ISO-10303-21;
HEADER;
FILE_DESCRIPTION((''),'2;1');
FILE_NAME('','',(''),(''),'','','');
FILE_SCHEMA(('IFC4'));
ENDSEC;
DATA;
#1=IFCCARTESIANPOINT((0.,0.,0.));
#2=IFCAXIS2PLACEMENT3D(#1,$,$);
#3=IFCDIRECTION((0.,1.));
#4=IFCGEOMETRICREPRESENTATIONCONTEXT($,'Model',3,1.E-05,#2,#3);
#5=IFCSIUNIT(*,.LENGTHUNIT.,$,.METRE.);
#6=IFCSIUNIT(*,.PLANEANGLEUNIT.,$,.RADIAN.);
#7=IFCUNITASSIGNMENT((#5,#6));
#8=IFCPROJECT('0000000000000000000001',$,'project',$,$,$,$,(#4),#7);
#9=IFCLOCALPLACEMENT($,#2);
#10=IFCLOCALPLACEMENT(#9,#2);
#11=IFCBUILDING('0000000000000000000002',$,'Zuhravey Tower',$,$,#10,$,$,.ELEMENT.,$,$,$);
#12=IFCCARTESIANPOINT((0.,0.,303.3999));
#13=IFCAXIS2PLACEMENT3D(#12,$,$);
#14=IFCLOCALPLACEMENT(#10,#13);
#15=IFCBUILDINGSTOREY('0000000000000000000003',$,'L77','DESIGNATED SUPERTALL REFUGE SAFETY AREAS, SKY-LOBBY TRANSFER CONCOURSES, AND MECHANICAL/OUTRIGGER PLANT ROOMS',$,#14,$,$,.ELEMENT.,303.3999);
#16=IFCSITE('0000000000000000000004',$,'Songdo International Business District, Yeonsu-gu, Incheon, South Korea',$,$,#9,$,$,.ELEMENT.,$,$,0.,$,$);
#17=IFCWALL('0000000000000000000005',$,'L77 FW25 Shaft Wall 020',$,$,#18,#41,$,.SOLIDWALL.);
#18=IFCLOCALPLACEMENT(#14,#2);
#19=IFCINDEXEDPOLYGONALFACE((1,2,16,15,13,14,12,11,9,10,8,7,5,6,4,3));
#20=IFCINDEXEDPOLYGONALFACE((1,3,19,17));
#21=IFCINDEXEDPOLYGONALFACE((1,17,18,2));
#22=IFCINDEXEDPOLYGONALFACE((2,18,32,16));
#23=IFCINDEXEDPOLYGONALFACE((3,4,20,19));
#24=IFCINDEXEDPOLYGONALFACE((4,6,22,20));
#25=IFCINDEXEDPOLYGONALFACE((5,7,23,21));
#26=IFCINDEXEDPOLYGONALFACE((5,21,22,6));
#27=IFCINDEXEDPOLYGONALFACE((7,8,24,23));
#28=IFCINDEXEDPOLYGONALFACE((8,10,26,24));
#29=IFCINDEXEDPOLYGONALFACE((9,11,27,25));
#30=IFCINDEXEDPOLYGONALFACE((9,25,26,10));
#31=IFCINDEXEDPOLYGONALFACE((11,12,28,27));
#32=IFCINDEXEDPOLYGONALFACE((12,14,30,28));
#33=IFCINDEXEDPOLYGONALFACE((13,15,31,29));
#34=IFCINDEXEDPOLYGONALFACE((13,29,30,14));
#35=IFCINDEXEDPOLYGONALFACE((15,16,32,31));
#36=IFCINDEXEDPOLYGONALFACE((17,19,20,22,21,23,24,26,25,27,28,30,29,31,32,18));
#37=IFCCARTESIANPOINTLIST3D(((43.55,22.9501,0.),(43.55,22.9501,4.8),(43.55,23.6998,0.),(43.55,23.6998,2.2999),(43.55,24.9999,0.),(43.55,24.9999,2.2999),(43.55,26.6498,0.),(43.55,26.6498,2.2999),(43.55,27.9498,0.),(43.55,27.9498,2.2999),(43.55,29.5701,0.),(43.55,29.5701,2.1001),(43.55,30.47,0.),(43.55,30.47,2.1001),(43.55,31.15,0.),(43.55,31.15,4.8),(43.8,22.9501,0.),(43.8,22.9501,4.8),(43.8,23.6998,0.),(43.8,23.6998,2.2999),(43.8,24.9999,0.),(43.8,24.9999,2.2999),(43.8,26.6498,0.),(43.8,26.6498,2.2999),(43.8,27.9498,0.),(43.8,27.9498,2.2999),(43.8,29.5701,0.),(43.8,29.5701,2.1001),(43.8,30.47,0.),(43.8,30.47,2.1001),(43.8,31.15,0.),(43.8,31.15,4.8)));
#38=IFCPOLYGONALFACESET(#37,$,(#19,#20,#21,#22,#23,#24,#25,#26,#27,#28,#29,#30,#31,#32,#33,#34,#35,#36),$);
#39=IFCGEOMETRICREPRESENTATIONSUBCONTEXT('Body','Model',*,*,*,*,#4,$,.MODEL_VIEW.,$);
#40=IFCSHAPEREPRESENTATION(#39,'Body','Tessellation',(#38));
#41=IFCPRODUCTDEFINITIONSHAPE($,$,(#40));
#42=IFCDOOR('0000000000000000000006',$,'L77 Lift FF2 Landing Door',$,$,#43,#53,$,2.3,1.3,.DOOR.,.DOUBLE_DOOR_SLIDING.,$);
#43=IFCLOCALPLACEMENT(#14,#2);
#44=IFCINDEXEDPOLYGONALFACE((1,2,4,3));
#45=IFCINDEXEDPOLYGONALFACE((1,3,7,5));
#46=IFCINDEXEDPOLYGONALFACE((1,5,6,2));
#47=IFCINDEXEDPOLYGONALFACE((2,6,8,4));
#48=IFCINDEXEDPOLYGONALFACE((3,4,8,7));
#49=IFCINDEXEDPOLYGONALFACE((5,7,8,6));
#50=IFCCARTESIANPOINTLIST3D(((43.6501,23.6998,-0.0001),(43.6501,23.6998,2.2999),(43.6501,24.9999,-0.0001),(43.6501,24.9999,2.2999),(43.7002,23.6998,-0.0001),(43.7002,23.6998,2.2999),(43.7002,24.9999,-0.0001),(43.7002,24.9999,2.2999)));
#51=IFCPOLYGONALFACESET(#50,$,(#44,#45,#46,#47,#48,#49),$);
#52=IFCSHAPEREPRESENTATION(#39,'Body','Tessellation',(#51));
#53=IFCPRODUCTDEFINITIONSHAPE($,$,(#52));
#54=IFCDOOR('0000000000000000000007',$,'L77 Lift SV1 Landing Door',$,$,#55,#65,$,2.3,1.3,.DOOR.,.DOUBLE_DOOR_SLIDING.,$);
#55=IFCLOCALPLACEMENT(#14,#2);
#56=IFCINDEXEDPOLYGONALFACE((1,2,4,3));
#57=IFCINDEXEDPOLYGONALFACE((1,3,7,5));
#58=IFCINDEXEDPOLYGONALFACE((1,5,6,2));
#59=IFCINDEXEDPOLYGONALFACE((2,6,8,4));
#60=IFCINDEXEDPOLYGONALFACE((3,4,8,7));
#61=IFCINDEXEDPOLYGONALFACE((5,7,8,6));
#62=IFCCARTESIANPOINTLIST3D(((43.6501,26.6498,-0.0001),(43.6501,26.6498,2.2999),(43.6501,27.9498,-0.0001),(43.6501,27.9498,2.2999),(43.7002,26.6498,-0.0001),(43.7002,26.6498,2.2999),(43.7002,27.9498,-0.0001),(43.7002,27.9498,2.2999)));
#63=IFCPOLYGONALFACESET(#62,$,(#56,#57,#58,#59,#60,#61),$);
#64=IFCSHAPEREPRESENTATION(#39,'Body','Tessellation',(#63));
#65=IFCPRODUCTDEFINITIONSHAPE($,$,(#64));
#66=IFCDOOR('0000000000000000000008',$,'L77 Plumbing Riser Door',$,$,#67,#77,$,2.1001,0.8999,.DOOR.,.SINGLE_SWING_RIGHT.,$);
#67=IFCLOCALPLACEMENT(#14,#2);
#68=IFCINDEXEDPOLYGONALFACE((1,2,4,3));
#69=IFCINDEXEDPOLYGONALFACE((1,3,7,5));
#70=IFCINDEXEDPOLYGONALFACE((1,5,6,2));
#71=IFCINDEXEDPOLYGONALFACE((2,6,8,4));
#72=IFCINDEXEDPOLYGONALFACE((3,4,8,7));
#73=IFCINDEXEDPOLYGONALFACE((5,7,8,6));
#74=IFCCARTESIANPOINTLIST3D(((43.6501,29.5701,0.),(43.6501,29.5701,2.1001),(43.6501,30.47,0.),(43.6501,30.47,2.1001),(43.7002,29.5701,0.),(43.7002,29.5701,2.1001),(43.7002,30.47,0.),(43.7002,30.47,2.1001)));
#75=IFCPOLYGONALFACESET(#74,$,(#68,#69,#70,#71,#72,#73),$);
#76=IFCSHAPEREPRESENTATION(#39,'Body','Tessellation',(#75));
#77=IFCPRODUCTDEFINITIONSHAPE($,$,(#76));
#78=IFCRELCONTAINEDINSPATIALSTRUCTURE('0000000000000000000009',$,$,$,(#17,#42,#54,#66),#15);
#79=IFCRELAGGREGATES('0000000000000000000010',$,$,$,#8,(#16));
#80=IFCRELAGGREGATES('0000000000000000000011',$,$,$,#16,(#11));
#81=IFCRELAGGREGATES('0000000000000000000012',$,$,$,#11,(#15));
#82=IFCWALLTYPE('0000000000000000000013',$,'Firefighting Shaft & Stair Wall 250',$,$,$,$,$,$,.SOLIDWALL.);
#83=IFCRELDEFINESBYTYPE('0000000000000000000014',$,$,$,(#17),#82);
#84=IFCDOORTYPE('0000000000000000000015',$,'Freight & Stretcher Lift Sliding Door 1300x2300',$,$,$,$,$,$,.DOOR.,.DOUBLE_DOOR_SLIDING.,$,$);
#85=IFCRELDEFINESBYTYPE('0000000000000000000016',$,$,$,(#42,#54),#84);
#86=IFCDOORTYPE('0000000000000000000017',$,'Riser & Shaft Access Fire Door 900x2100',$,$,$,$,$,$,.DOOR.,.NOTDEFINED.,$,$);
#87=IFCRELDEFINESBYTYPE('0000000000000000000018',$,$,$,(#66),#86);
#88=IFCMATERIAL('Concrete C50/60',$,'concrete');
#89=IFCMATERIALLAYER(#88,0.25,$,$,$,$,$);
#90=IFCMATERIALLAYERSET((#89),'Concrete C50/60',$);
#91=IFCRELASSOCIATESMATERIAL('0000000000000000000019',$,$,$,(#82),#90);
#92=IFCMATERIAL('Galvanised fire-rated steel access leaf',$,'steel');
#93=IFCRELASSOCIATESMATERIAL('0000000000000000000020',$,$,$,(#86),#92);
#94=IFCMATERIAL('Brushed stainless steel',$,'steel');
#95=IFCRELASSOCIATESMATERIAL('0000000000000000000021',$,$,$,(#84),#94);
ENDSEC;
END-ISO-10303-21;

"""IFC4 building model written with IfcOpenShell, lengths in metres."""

from ifc_helpers import new_model, si_unit, direction, frame, frame_2d, origin, place, context, subcontext, project, spatial, rectangle, extrude, material, layer, layer_set, type_object, element, fill, save


model = new_model("IFC4")

# Units and contexts
model_context = context("Model", 3, precision=1e-05, world=origin(), true_north=direction((0.0, 1.0)))
body_context = subcontext(model_context, "Body", "Model", "MODEL_VIEW")
ifc_project = project(units=[si_unit("LENGTHUNIT", "METRE"), si_unit("PLANEANGLEUNIT", "RADIAN")], contexts=[model_context])

# Site, building, storey
site_placement = place(None, origin())
site = spatial("IfcSite", under=ifc_project, at=site_placement, Name="Songdo International Business District, Yeonsu-gu, Incheon, South Korea", CompositionType="ELEMENT", RefElevation=0.0)
building_placement = place(site_placement, origin())
building = spatial("IfcBuilding", under=site, at=building_placement, Name="Zuhravey Tower", CompositionType="ELEMENT")
storey_placement = place(building_placement, frame((0.0, 0.0, 303.3999)))
storey = spatial("IfcBuildingStorey", under=building, at=storey_placement, Name="L77", Description="DESIGNATED SUPERTALL REFUGE SAFETY AREAS, SKY-LOBBY TRANSFER CONCOURSES, AND MECHANICAL/OUTRIGGER PLANT ROOMS", CompositionType="ELEMENT", Elevation=303.3999)

# Shared definitions
ifc_material_1 = material(Name="Concrete C50/60", Category="concrete")

# Shared definitions
ifc_layer_1 = layer(ifc_material_1, 0.25)
ifc_layer_set_1 = layer_set([ifc_layer_1], Name="Concrete C50/60")
wall_type_1 = type_object("IfcWallType", Name="Firefighting Shaft & Stair Wall 250", PredefinedType="SOLIDWALL", material=ifc_layer_set_1)

# Shared definitions
ifc_material_2 = material(Name="Galvanised fire-rated steel access leaf", Category="steel")
door_type_1 = type_object("IfcDoorType", Name="Riser & Shaft Access Fire Door 900x2100", OperationType="NOTDEFINED", PredefinedType="DOOR", material=ifc_material_2)

# Wall, openings, doors
wall_1_placement = place(storey_placement, frame((43.675, 22.95, 0.0), z_axis=(0.0, 0.0, 1.0), x_axis=(0.0, 1.0, 0.0)))
wall_1 = element("IfcWall", 1, at=wall_1_placement, inside=storey, type_object=wall_type_1, Name="L77 FW25 Shaft Wall 020", PredefinedType="SOLIDWALL", context=body_context, shape_type="SweptSolid", body=[
    extrude(rectangle(XDim=8.2, YDim=0.25, at=frame_2d((4.1001, 0.0))), origin(), (0.0, 0.0, 1.0), 4.8),
])
opening_1_placement = place(wall_1_placement, frame((0.75, 0.0, 0.0)))
opening_1 = element("IfcOpeningElement", 2, at=opening_1_placement, cuts=wall_1, PredefinedType="OPENING", context=body_context, shape_type="SweptSolid", body=[
    extrude(rectangle(XDim=1.3, YDim=2.3, at=frame_2d((0.6499, 1.1499))), frame((0.0, 0.137, 0.0), z_axis=(0.0, -1.0, 0.0), x_axis=(1.0, 0.0, 0.0)), (0.0, 0.0, 1.0), 0.2739),
])
opening_2_placement = place(wall_1_placement, frame((3.7, 0.0, 0.0)))
opening_2 = element("IfcOpeningElement", 3, at=opening_2_placement, cuts=wall_1, PredefinedType="OPENING", context=body_context, shape_type="SweptSolid", body=[
    extrude(rectangle(XDim=1.3, YDim=2.3, at=frame_2d((0.6499, 1.1499))), frame((0.0, 0.137, 0.0), z_axis=(0.0, -1.0, 0.0), x_axis=(1.0, 0.0, 0.0)), (0.0, 0.0, 1.0), 0.2739),
])
opening_3_placement = place(wall_1_placement, frame((6.6201, 0.0, 0.0)))
opening_3 = element("IfcOpeningElement", 4, at=opening_3_placement, cuts=wall_1, PredefinedType="OPENING", context=body_context, shape_type="SweptSolid", body=[
    extrude(rectangle(XDim=0.8999, YDim=2.1001, at=frame_2d((0.45, 1.05))), frame((0.0, 0.137, 0.0), z_axis=(0.0, -1.0, 0.0), x_axis=(1.0, 0.0, 0.0)), (0.0, 0.0, 1.0), 0.2739),
])
ifc_material_3 = material(Name="Brushed stainless steel", Category="steel")
door_type_2 = type_object("IfcDoorType", Name="Freight & Stretcher Lift Sliding Door 1300x2300", OperationType="DOUBLE_DOOR_SLIDING", PredefinedType="DOOR", material=ifc_material_3)
door_1_placement = place(opening_1_placement, origin())
door_1 = element("IfcDoor", 5, at=door_1_placement, inside=storey, type_object=door_type_2, Name="L77 Lift FF2 Landing Door", OperationType="DOUBLE_DOOR_SLIDING", OverallHeight=2.3, OverallWidth=1.3, PredefinedType="DOOR", context=body_context, shape_type="SweptSolid", body=[
    extrude(rectangle(XDim=1.3, YDim=2.3, at=frame_2d((0.6499, 1.1499))), frame((0.0, 0.0249, 0.0), z_axis=(0.0, -1.0, 0.0), x_axis=(1.0, 0.0, 0.0)), (0.0, 0.0, 1.0), 0.05),
])
fill(opening_1, door_1)
door_2_placement = place(opening_2_placement, origin())
door_2 = element("IfcDoor", 6, at=door_2_placement, inside=storey, type_object=door_type_2, Name="L77 Lift SV1 Landing Door", OperationType="DOUBLE_DOOR_SLIDING", OverallHeight=2.3, OverallWidth=1.3, PredefinedType="DOOR", context=body_context, shape_type="SweptSolid", body=[
    extrude(rectangle(XDim=1.3, YDim=2.3, at=frame_2d((0.6499, 1.1499))), frame((0.0, 0.0249, 0.0), z_axis=(0.0, -1.0, 0.0), x_axis=(1.0, 0.0, 0.0)), (0.0, 0.0, 1.0), 0.05),
])
fill(opening_2, door_2)
door_3_placement = place(opening_3_placement, origin())
door_3 = element("IfcDoor", 7, at=door_3_placement, inside=storey, type_object=door_type_1, Name="L77 Plumbing Riser Door", OperationType="SINGLE_SWING_RIGHT", OverallHeight=2.1001, OverallWidth=0.8999, PredefinedType="DOOR", context=body_context, shape_type="SweptSolid", body=[
    extrude(rectangle(XDim=0.8999, YDim=2.1001, at=frame_2d((0.45, 1.05))), frame((0.0, 0.0249, 0.0), z_axis=(0.0, -1.0, 0.0), x_axis=(1.0, 0.0, 0.0)), (0.0, 0.0, 1.0), 0.05),
])
fill(opening_3, door_3)

save(model, "model.ifc")
